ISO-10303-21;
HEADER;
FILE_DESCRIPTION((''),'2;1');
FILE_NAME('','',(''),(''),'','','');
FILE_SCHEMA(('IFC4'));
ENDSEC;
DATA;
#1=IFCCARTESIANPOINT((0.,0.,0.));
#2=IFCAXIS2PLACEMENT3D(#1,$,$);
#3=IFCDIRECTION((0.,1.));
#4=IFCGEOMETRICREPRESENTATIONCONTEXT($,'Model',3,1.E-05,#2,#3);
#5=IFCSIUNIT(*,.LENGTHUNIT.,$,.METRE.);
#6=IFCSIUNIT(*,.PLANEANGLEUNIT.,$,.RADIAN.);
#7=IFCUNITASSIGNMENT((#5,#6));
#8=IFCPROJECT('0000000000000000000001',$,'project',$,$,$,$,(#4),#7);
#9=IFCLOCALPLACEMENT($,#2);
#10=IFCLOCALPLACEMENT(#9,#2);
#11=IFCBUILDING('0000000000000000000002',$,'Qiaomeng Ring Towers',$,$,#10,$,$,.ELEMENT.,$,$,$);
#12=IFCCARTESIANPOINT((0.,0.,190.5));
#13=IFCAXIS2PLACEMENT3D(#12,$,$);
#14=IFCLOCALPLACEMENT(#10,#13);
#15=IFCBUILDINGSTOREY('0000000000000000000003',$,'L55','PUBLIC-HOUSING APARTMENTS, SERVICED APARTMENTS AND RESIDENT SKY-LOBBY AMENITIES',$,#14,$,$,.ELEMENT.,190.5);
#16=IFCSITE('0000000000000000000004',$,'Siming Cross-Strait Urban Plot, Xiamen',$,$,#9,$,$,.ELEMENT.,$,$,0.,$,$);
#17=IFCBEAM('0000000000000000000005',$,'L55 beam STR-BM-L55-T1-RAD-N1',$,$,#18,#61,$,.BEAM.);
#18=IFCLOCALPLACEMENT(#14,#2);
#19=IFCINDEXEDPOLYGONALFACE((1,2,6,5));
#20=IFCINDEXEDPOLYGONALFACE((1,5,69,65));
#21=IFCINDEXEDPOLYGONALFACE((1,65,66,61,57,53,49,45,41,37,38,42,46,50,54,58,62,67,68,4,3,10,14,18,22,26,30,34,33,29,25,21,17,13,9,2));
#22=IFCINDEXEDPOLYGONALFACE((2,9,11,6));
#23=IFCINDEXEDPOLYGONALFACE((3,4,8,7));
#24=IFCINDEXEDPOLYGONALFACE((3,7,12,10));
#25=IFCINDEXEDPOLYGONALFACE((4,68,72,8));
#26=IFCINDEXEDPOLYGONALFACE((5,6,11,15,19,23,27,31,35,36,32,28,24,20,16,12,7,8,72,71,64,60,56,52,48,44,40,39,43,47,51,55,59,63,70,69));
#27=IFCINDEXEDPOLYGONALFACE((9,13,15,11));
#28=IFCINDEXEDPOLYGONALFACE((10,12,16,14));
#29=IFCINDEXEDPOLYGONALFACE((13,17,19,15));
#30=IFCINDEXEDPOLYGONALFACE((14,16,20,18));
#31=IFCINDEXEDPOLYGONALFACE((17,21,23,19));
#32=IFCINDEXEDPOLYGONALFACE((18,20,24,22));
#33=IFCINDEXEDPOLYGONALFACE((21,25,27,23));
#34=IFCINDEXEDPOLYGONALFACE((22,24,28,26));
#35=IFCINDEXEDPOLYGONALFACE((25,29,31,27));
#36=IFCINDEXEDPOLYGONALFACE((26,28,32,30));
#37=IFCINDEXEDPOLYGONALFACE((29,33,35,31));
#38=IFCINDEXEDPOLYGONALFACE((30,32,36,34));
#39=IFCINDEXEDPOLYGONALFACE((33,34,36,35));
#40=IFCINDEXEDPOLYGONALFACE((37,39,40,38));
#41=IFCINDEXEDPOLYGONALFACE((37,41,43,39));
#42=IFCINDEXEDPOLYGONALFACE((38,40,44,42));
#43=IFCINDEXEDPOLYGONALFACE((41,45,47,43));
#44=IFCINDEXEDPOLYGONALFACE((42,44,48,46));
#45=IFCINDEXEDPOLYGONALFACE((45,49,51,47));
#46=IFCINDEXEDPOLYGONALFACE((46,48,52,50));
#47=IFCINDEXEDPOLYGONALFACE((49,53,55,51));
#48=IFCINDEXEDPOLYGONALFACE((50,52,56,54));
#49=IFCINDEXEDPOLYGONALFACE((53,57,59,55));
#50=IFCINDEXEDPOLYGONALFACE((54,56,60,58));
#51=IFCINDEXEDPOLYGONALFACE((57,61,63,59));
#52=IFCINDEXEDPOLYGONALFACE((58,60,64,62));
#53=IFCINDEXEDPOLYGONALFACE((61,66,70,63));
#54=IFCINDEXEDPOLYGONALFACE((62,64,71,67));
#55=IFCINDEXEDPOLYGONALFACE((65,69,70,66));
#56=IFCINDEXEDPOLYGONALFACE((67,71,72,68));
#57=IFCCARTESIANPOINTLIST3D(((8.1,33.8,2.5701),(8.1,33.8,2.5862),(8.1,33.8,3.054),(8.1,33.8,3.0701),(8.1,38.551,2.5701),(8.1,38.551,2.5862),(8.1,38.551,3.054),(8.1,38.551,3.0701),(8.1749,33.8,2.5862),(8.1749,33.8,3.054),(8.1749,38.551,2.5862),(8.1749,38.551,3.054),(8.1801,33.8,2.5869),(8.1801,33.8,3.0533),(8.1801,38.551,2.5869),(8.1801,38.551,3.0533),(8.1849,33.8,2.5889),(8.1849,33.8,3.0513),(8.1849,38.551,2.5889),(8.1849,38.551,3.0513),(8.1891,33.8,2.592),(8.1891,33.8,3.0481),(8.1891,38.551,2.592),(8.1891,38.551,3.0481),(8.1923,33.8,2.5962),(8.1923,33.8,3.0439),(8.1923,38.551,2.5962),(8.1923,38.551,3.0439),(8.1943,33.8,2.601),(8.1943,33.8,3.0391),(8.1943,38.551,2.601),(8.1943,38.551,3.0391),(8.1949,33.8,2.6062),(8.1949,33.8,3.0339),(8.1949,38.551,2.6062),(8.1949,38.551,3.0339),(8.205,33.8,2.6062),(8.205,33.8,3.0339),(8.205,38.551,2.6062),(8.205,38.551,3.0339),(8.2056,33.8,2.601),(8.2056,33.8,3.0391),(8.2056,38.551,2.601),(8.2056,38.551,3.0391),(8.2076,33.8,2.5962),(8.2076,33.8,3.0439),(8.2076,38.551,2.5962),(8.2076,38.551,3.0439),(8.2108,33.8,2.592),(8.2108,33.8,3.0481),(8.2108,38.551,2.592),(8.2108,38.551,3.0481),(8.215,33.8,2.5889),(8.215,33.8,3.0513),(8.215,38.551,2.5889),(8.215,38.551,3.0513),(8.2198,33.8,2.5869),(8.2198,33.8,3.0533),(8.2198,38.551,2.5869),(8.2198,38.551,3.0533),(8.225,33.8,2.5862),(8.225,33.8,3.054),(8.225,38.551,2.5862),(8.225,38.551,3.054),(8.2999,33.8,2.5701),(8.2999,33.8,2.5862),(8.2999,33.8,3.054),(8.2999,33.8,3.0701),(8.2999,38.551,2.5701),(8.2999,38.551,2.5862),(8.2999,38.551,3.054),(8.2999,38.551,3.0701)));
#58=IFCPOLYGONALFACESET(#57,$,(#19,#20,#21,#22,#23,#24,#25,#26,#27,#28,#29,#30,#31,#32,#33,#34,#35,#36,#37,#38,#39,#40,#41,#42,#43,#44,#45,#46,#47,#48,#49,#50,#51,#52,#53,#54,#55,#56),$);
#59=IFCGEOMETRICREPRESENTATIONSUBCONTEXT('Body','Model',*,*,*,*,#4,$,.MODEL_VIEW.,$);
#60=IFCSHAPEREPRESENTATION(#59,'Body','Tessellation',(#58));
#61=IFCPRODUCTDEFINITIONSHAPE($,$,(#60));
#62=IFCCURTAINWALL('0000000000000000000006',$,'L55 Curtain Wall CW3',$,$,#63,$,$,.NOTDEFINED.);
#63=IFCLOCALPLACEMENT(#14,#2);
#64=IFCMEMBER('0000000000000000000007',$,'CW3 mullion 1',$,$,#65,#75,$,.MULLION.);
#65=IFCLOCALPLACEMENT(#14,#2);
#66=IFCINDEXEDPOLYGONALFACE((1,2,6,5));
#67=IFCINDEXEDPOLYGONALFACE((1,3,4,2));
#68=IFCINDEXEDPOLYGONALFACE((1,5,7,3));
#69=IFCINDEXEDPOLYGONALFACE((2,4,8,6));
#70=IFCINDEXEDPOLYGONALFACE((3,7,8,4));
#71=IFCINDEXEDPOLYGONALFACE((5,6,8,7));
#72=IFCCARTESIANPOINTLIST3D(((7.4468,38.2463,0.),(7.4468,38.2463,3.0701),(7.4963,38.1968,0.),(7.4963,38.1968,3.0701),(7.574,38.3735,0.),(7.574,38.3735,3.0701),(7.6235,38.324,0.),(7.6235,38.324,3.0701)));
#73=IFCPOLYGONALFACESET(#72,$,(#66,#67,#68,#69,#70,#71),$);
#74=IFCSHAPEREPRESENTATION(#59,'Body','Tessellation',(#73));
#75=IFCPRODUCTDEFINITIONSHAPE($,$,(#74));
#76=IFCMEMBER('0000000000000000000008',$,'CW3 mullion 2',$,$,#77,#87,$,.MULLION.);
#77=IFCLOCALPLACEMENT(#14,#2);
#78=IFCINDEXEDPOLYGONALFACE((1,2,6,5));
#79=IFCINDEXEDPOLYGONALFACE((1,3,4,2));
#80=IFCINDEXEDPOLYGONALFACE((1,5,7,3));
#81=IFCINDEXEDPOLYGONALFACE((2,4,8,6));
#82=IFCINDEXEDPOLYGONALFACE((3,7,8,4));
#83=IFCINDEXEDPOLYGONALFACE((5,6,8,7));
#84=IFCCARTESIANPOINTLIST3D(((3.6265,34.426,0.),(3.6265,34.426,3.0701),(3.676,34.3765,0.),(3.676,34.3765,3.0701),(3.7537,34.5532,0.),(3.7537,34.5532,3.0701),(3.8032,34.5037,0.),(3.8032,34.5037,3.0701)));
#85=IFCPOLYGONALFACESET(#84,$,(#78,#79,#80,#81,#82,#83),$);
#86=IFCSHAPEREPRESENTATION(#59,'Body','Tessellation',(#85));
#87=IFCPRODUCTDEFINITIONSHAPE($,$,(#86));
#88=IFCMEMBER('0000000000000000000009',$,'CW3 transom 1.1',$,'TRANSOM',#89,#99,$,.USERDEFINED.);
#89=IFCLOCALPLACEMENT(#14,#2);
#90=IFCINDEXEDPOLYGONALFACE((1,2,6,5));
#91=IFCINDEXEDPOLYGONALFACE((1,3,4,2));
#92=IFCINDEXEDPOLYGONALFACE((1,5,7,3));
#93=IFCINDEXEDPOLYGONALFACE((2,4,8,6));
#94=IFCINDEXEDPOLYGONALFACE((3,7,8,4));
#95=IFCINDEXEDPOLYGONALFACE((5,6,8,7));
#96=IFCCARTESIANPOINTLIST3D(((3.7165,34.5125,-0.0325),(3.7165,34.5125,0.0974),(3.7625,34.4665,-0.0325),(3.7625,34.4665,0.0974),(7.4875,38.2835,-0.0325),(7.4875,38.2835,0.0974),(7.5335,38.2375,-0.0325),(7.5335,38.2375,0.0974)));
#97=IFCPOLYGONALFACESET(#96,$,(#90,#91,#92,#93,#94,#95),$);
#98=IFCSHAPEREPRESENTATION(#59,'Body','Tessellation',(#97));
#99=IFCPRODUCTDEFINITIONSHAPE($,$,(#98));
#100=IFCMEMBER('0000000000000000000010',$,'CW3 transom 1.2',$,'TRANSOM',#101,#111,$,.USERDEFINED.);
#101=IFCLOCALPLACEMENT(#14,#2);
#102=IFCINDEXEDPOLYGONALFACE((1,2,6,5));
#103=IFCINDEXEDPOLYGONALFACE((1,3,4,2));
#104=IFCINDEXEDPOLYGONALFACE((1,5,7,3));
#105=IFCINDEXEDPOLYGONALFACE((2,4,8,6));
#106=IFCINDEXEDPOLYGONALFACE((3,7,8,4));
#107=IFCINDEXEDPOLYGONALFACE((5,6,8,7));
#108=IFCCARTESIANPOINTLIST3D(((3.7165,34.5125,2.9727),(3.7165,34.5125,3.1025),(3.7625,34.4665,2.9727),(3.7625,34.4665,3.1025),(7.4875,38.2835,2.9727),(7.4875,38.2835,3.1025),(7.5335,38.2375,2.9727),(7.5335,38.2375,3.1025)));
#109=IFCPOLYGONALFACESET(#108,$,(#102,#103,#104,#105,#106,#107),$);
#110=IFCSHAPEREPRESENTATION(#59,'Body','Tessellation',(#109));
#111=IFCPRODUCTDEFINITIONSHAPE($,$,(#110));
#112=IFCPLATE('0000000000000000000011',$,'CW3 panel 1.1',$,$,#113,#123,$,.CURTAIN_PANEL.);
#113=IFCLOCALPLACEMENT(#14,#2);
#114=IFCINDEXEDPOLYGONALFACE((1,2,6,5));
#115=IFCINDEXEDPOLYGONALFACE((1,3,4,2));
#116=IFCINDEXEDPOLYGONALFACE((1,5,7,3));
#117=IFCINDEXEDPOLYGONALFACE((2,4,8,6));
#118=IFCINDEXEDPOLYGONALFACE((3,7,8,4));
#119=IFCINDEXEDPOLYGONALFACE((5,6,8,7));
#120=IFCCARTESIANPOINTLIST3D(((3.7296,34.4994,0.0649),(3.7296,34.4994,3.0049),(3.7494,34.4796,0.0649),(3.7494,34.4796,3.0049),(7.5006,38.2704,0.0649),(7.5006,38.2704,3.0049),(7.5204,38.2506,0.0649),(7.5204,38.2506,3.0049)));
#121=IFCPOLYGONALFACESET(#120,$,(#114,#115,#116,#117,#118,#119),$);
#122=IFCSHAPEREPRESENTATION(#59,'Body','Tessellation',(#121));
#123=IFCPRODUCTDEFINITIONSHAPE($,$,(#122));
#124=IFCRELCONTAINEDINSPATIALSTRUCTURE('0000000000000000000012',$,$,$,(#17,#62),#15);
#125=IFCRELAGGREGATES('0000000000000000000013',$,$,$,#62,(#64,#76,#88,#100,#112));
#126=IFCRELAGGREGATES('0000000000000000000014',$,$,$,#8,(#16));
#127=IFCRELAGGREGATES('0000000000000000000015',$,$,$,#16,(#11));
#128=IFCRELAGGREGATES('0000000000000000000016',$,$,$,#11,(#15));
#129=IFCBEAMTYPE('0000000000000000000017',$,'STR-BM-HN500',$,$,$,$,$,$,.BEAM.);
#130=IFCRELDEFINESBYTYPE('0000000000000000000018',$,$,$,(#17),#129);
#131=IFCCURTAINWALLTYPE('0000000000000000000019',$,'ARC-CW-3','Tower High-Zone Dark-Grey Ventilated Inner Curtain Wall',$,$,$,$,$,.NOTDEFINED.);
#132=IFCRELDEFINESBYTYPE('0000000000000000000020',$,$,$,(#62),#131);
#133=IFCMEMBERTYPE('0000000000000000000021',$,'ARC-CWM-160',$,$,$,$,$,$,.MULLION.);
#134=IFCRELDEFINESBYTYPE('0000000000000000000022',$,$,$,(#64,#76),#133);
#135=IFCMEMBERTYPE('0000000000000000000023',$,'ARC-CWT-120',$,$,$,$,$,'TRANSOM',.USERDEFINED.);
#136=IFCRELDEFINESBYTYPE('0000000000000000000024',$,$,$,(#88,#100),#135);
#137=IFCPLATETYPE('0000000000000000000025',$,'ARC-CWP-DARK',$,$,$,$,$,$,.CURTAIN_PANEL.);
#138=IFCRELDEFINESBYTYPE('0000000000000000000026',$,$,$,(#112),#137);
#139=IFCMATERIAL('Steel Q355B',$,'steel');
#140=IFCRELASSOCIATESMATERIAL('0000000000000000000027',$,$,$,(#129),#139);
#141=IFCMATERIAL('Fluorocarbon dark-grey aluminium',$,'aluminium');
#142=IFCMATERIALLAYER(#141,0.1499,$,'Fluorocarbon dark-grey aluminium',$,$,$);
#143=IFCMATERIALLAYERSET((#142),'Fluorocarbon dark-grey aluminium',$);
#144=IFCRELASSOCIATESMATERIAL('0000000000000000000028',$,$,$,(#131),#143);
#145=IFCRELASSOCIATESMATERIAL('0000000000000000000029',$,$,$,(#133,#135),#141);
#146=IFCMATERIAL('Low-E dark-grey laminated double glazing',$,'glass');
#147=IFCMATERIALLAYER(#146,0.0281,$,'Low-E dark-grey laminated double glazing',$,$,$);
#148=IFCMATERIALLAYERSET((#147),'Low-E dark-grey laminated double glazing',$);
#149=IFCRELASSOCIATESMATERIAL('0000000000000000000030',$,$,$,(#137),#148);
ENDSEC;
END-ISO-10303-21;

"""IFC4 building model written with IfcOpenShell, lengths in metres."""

from ifc_helpers import new_model, si_unit, direction, frame, origin, origin_2d, place, context, subcontext, project, spatial, rectangle, i_section, extrude, source, transform, mapped, material, layer, layer_set, material_profile, profile_set, type_object, element, aggregate, save


model = new_model("IFC4")

# Units and contexts
model_context = context("Model", 3, precision=1e-05, world=origin(), true_north=direction((0.0, 1.0)))
body_context = subcontext(model_context, "Body", "Model", "MODEL_VIEW")
ifc_project = project(units=[si_unit("LENGTHUNIT", "METRE"), si_unit("PLANEANGLEUNIT", "RADIAN")], contexts=[model_context])

# Site, building, storey
site_placement = place(None, origin())
site = spatial("IfcSite", under=ifc_project, at=site_placement, Name="Siming Cross-Strait Urban Plot, Xiamen", CompositionType="ELEMENT", RefElevation=0.0)
building_placement = place(site_placement, origin())
building = spatial("IfcBuilding", under=site, at=building_placement, Name="Qiaomeng Ring Towers", CompositionType="ELEMENT")
storey_placement = place(building_placement, frame((0.0, 0.0, 190.5)))
storey = spatial("IfcBuildingStorey", under=building, at=storey_placement, Name="L55", Description="PUBLIC-HOUSING APARTMENTS, SERVICED APARTMENTS AND RESIDENT SKY-LOBBY AMENITIES", CompositionType="ELEMENT", Elevation=190.5)

# Beam
ifc_material_1 = material(Name="Steel Q355B", Category="steel")
ifc_material_profile_1 = material_profile(ifc_material_1, i_section(OverallWidth=0.2, OverallDepth=0.5, WebThickness=0.01, FlangeThickness=0.0161, FilletRadius=0.02, at=origin_2d()), Name="HN 500x200x10x16")
ifc_profile_set_1 = profile_set([ifc_material_profile_1], Name="Steel Q355B")
beam_type_1 = type_object("IfcBeamType", Name="STR-BM-HN500", PredefinedType="BEAM", material=ifc_profile_set_1)
shared_shape_1 = source(origin(), body_context, "Body", "SweptSolid", [
    extrude(i_section(OverallWidth=0.2, OverallDepth=0.5, WebThickness=0.01, FlangeThickness=0.0161, FilletRadius=0.02, at=origin_2d()), origin(), (0.0, 0.0, 1.0), 4.751),
])
beam_1_placement = place(storey_placement, frame((8.2, 38.551, 2.8201), z_axis=(0.0, -1.0, 0.0), x_axis=(1.0, 0.0, 0.0)))
element("IfcBeam", 1, at=beam_1_placement, inside=storey, type_object=beam_type_1, Name="L55 beam STR-BM-L55-T1-RAD-N1", PredefinedType="BEAM", context=body_context, shape_type="MappedRepresentation", body=[
    mapped(shared_shape_1, transform((0.0, 0.0, 0.0), x_axis=(1.0, 0.0, 0.0), y_axis=(0.0, 1.0, 0.0), z_axis=(0.0, 0.0, 1.0), scale=1.0)),
])

# Curtain wall, members, plate
ifc_material_2 = material(Name="Fluorocarbon dark-grey aluminium", Category="aluminium")
ifc_layer_1 = layer(ifc_material_2, 0.1499, Name="Fluorocarbon dark-grey aluminium")
ifc_layer_set_1 = layer_set([ifc_layer_1], Name="Fluorocarbon dark-grey aluminium")
curtain_wall_type = type_object("IfcCurtainWallType", Name="ARC-CW-3", Description="Tower High-Zone Dark-Grey Ventilated Inner Curtain Wall", PredefinedType="NOTDEFINED", material=ifc_layer_set_1)
curtain_wall_placement = place(storey_placement, origin())
curtain_wall = element("IfcCurtainWall", 2, at=curtain_wall_placement, inside=storey, type_object=curtain_wall_type, Name="L55 Curtain Wall CW3", PredefinedType="NOTDEFINED")
ifc_material_profile_2 = material_profile(ifc_material_2, rectangle(XDim=0.0701, YDim=0.1799, at=origin_2d()), Name="ALU MULL 70x180")
ifc_profile_set_2 = profile_set([ifc_material_profile_2], Name="Fluorocarbon dark-grey aluminium")
member_type_1 = type_object("IfcMemberType", Name="ARC-CWM-160", PredefinedType="MULLION", material=ifc_profile_set_2)
shared_shape_2 = source(origin(), body_context, "Body", "SweptSolid", [
    extrude(rectangle(XDim=0.0701, YDim=0.1799, at=origin_2d()), origin(), (0.0, 0.0, 1.0), 3.0701),
])
member_1_placement = place(storey_placement, frame((7.5352, 38.2852, 0.0), z_axis=(0.0, 0.0, 1.0), x_axis=(0.707107, -0.707107, 0.0)))
member_1 = element("IfcMember", 3, at=member_1_placement, type_object=member_type_1, Name="CW3 mullion 1", PredefinedType="MULLION", context=body_context, shape_type="MappedRepresentation", body=[
    mapped(shared_shape_2, transform((0.0, 0.0, 0.0), x_axis=(1.0, 0.0, 0.0), y_axis=(0.0, 1.0, 0.0), z_axis=(0.0, 0.0, 1.0), scale=1.0)),
])
member_2_placement = place(storey_placement, frame((3.7148, 34.4648, 0.0), z_axis=(0.0, 0.0, 1.0), x_axis=(0.707107, -0.707107, 0.0)))
member_2 = element("IfcMember", 4, at=member_2_placement, type_object=member_type_1, Name="CW3 mullion 2", PredefinedType="MULLION", context=body_context, shape_type="MappedRepresentation", body=[
    mapped(shared_shape_2, transform((0.0, 0.0, 0.0), x_axis=(1.0, 0.0, 0.0), y_axis=(0.0, 1.0, 0.0), z_axis=(0.0, 0.0, 1.0), scale=1.0)),
])
ifc_material_profile_3 = material_profile(ifc_material_2, rectangle(XDim=0.0649, YDim=0.1299, at=origin_2d()), Name="ALU TRAN 65x130")
ifc_profile_set_3 = profile_set([ifc_material_profile_3], Name="Fluorocarbon dark-grey aluminium")
member_type_2 = type_object("IfcMemberType", Name="ARC-CWT-120", ElementType="TRANSOM", PredefinedType="USERDEFINED", material=ifc_profile_set_3)
shared_shape_3 = source(origin(), body_context, "Body", "SweptSolid", [
    extrude(rectangle(XDim=0.0649, YDim=0.1299, at=origin_2d()), origin(), (0.0, 0.0, 1.0), 5.333),
])
member_3_placement = place(storey_placement, frame((7.5105, 38.2605, 0.0325), z_axis=(-0.707107, -0.707107, 0.0), x_axis=(0.707107, -0.707107, 0.0)))
member_3 = element("IfcMember", 5, at=member_3_placement, type_object=member_type_2, Name="CW3 transom 1.1", ObjectType="TRANSOM", PredefinedType="USERDEFINED", context=body_context, shape_type="MappedRepresentation", body=[
    mapped(shared_shape_3, transform((0.0, 0.0, 0.0), x_axis=(1.0, 0.0, 0.0), y_axis=(0.0, 1.0, 0.0), z_axis=(0.0, 0.0, 1.0), scale=1.0)),
])
member_4_placement = place(storey_placement, frame((7.5105, 38.2605, 3.0376), z_axis=(-0.707107, -0.707107, 0.0), x_axis=(0.707107, -0.707107, 0.0)))
member_4 = element("IfcMember", 6, at=member_4_placement, type_object=member_type_2, Name="CW3 transom 1.2", ObjectType="TRANSOM", PredefinedType="USERDEFINED", context=body_context, shape_type="MappedRepresentation", body=[
    mapped(shared_shape_3, transform((0.0, 0.0, 0.0), x_axis=(1.0, 0.0, 0.0), y_axis=(0.0, 1.0, 0.0), z_axis=(0.0, 0.0, 1.0), scale=1.0)),
])
ifc_material_3 = material(Name="Low-E dark-grey laminated double glazing", Category="glass")
ifc_layer_2 = layer(ifc_material_3, 0.0281, Name="Low-E dark-grey laminated double glazing")
ifc_layer_set_2 = layer_set([ifc_layer_2], Name="Low-E dark-grey laminated double glazing")
plate_type = type_object("IfcPlateType", Name="ARC-CWP-DARK", PredefinedType="CURTAIN_PANEL", material=ifc_layer_set_2)
shared_shape_4 = source(origin(), body_context, "Body", "SweptSolid", [
    extrude(rectangle(XDim=5.333, YDim=0.0281, at=origin_2d()), origin(), (0.0, 0.0, 1.0), 2.9399),
])
plate_placement = place(storey_placement, frame((5.625, 36.375, 0.0649), z_axis=(0.0, 0.0, 1.0), x_axis=(-0.707107, -0.707107, 0.0)))
plate = element("IfcPlate", 7, at=plate_placement, type_object=plate_type, Name="CW3 panel 1.1", PredefinedType="CURTAIN_PANEL", context=body_context, shape_type="MappedRepresentation", body=[
    mapped(shared_shape_4, transform((0.0, 0.0, 0.0), x_axis=(1.0, 0.0, 0.0), y_axis=(0.0, 1.0, 0.0), z_axis=(0.0, 0.0, 1.0), scale=1.0)),
])
aggregate(curtain_wall, [member_1, member_2, member_3, member_4, plate])

save(model, "model.ifc")
